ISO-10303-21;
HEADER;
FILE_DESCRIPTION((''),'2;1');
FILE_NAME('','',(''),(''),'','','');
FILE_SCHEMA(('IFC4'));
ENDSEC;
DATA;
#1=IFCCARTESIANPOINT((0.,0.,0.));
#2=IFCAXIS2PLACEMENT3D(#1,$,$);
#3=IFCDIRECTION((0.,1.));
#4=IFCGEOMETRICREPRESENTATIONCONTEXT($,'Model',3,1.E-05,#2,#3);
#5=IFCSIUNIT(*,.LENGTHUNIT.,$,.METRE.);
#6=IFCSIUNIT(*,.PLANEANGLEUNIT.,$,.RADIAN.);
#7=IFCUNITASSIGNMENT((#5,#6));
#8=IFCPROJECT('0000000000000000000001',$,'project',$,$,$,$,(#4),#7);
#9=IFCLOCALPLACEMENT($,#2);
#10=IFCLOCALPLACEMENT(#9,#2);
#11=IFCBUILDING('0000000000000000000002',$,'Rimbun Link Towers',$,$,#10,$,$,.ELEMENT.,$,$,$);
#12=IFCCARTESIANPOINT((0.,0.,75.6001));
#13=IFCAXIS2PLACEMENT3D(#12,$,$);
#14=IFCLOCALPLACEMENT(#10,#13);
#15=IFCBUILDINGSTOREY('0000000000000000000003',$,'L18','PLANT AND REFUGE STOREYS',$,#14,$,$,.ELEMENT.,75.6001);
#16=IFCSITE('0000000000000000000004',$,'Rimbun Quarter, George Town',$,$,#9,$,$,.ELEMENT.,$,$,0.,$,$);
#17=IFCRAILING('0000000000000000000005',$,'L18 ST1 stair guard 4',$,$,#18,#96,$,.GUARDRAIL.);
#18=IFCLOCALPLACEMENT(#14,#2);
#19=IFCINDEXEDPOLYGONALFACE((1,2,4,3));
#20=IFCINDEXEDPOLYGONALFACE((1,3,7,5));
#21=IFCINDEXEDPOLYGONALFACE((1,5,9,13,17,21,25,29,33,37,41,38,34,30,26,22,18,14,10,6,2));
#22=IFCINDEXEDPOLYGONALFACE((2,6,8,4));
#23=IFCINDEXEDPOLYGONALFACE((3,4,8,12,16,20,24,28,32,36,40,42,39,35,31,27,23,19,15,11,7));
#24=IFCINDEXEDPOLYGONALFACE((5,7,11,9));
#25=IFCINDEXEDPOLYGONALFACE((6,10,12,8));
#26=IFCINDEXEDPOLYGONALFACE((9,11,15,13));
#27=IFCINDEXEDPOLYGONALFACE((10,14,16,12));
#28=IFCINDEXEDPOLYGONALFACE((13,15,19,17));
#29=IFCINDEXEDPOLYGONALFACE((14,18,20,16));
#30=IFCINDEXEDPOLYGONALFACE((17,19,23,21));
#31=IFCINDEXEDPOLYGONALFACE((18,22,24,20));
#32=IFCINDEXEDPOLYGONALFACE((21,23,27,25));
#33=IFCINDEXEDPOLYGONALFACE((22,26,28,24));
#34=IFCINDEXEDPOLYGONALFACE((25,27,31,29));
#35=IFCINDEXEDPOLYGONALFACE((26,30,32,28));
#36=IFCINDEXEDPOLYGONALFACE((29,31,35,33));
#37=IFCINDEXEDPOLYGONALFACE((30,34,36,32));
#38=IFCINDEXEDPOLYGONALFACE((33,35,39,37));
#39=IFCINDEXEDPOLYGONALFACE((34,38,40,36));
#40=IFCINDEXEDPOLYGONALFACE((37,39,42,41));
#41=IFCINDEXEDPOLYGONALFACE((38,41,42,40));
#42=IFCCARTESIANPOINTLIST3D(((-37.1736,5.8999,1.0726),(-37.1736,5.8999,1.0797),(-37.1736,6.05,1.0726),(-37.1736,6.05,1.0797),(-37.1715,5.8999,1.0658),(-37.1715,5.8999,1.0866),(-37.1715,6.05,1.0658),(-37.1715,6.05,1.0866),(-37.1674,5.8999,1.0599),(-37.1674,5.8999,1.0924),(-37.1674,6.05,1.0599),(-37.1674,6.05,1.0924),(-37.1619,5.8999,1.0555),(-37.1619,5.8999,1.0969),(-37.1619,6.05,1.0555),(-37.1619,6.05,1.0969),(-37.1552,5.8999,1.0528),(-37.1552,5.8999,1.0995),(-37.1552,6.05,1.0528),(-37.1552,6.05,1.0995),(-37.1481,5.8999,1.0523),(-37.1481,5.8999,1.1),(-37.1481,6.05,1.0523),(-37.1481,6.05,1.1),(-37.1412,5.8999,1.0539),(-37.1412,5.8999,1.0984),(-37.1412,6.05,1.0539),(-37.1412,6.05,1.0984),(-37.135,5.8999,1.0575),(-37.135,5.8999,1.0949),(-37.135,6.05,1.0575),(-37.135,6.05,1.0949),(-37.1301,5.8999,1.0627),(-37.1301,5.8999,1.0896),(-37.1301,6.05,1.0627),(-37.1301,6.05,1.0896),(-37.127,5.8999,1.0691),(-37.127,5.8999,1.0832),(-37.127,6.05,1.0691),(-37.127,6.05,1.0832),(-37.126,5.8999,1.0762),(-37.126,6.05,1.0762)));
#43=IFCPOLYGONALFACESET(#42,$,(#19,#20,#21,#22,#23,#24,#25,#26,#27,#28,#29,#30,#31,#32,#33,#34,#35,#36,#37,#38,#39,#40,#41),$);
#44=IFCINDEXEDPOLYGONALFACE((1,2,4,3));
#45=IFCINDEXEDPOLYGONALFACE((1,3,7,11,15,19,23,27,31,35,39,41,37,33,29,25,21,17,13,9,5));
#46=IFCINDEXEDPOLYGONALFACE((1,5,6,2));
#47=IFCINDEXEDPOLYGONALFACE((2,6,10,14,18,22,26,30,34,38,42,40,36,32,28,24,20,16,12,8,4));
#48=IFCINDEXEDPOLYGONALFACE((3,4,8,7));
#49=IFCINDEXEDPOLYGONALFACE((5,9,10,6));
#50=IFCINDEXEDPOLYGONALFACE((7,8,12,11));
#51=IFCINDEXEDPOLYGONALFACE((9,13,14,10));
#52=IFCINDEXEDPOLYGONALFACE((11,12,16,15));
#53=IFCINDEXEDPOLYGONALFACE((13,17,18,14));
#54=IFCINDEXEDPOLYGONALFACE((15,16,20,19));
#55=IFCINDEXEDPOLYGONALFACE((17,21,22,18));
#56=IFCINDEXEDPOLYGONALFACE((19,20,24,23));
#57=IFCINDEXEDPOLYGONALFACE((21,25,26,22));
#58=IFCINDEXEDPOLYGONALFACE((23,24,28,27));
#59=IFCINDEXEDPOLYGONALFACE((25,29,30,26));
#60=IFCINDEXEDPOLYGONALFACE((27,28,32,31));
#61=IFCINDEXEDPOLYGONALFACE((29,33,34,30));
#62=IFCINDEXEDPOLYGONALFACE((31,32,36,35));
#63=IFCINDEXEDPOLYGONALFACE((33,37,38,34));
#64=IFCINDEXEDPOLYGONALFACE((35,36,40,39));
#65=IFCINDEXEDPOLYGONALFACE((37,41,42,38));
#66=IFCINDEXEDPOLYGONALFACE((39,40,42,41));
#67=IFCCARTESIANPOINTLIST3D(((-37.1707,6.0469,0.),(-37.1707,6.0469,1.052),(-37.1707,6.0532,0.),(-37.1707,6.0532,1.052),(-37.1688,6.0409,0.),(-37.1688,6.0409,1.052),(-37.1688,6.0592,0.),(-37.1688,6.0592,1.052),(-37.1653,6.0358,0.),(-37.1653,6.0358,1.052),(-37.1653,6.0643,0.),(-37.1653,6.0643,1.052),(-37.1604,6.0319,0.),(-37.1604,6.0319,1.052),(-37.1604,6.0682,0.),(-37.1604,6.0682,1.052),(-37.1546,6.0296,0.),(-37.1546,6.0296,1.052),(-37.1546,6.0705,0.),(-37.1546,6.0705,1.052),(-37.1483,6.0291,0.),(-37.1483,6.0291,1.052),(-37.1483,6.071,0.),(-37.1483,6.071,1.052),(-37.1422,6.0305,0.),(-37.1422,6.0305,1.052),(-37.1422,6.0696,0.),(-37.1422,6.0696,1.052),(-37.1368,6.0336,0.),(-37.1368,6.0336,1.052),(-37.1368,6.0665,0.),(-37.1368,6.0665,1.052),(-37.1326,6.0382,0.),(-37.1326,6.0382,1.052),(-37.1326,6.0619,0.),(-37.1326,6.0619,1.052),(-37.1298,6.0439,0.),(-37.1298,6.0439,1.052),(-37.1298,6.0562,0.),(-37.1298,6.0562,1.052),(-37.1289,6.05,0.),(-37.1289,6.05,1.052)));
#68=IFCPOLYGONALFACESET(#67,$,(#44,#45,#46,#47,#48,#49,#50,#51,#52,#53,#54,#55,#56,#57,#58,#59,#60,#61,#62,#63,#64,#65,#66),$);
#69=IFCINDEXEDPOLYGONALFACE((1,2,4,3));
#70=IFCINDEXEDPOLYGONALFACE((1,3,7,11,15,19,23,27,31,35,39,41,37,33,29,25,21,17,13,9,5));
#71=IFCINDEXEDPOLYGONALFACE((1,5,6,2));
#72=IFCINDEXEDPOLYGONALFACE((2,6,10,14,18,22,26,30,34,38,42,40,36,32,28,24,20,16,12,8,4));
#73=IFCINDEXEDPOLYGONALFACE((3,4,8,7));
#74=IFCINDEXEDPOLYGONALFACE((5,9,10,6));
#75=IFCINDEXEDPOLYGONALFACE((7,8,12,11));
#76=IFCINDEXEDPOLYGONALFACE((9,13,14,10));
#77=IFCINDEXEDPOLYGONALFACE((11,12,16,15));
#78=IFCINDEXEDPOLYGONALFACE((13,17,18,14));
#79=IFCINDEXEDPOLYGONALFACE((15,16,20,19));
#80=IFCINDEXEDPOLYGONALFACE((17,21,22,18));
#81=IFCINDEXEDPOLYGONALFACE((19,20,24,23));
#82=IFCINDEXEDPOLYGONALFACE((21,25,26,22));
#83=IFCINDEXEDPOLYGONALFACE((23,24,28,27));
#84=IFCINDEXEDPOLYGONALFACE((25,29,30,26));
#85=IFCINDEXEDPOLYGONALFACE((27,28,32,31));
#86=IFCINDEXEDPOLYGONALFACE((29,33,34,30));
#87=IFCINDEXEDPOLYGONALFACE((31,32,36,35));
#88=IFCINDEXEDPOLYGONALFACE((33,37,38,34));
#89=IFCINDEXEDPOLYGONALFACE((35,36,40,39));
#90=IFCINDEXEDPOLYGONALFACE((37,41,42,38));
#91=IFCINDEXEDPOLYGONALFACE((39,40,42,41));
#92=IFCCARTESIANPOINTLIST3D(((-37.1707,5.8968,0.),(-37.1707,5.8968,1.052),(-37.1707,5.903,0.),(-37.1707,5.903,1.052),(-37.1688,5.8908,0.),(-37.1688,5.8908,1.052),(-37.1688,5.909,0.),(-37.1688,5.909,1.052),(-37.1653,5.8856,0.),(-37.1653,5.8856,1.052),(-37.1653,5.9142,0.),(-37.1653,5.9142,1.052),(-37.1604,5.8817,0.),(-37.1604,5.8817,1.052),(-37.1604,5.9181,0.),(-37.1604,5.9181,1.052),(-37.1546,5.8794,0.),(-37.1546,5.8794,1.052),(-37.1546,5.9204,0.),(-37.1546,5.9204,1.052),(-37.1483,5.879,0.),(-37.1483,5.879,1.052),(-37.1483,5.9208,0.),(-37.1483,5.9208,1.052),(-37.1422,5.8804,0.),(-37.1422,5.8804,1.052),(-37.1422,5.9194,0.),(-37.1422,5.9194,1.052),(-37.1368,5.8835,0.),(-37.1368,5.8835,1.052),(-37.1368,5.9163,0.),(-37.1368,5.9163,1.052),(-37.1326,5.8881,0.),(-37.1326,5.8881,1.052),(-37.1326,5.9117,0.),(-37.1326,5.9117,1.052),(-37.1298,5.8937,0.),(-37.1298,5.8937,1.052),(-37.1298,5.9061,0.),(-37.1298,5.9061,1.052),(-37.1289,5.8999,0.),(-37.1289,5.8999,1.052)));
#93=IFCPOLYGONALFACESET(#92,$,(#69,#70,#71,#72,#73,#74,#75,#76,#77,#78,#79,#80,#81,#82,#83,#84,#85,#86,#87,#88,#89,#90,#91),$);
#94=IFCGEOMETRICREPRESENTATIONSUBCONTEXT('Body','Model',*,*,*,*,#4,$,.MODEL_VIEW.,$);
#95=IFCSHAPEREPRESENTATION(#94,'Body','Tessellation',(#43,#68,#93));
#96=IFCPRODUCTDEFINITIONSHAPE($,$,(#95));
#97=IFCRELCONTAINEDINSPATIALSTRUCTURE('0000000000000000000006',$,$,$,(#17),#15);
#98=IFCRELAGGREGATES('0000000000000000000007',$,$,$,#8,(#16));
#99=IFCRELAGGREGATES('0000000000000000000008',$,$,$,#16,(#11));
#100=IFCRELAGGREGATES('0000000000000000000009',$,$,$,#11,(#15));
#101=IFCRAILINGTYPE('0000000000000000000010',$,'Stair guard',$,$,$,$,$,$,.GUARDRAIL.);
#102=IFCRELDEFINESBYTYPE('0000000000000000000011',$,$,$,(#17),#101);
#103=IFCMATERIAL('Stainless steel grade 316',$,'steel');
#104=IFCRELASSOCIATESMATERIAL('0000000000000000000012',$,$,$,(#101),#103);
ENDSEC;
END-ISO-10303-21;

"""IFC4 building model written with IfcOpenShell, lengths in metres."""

from ifc_helpers import new_model, si_unit, direction, frame, origin, origin_2d, place, context, subcontext, project, spatial, circle, extrude, material, type_object, element, save


model = new_model("IFC4")

# Units and contexts
model_context = context("Model", 3, precision=1e-05, world=origin(), true_north=direction((0.0, 1.0)))
body_context = subcontext(model_context, "Body", "Model", "MODEL_VIEW")
ifc_project = project(units=[si_unit("LENGTHUNIT", "METRE"), si_unit("PLANEANGLEUNIT", "RADIAN")], contexts=[model_context])

# Site, building, storey
site_placement = place(None, origin())
site = spatial("IfcSite", under=ifc_project, at=site_placement, Name="Rimbun Quarter, George Town", CompositionType="ELEMENT", RefElevation=0.0)
building_placement = place(site_placement, origin())
building = spatial("IfcBuilding", under=site, at=building_placement, Name="Rimbun Link Towers", CompositionType="ELEMENT")
storey_placement = place(building_placement, frame((0.0, 0.0, 75.6001)))
storey = spatial("IfcBuildingStorey", under=building, at=storey_placement, Name="L18", Description="PLANT AND REFUGE STOREYS", CompositionType="ELEMENT", Elevation=75.6001)

# Railing
ifc_material_1 = material(Name="Stainless steel grade 316", Category="steel")
railing_type_1 = type_object("IfcRailingType", Name="Stair guard", PredefinedType="GUARDRAIL", material=ifc_material_1)
railing_1_placement = place(storey_placement, frame((-37.1499, 6.05, 0.0)))
element("IfcRailing", 1, at=railing_1_placement, inside=storey, type_object=railing_type_1, Name="L18 ST1 stair guard 4", PredefinedType="GUARDRAIL", context=body_context, shape_type="SweptSolid", body=[
    extrude(circle(Radius=0.0239, at=origin_2d()), frame((0.0, 0.0, 1.0762), z_axis=(0.0, -1.0, 0.0), x_axis=(1.0, 0.0, 0.0)), (0.0, 0.0, 1.0), 0.1501),
    extrude(circle(Radius=0.021, at=origin_2d()), origin(), (0.0, 0.0, 1.0), 1.052),
    extrude(circle(Radius=0.021, at=origin_2d()), frame((0.0, -0.1501, 0.0)), (0.0, 0.0, 1.0), 1.052),
])

save(model, "model.ifc")
